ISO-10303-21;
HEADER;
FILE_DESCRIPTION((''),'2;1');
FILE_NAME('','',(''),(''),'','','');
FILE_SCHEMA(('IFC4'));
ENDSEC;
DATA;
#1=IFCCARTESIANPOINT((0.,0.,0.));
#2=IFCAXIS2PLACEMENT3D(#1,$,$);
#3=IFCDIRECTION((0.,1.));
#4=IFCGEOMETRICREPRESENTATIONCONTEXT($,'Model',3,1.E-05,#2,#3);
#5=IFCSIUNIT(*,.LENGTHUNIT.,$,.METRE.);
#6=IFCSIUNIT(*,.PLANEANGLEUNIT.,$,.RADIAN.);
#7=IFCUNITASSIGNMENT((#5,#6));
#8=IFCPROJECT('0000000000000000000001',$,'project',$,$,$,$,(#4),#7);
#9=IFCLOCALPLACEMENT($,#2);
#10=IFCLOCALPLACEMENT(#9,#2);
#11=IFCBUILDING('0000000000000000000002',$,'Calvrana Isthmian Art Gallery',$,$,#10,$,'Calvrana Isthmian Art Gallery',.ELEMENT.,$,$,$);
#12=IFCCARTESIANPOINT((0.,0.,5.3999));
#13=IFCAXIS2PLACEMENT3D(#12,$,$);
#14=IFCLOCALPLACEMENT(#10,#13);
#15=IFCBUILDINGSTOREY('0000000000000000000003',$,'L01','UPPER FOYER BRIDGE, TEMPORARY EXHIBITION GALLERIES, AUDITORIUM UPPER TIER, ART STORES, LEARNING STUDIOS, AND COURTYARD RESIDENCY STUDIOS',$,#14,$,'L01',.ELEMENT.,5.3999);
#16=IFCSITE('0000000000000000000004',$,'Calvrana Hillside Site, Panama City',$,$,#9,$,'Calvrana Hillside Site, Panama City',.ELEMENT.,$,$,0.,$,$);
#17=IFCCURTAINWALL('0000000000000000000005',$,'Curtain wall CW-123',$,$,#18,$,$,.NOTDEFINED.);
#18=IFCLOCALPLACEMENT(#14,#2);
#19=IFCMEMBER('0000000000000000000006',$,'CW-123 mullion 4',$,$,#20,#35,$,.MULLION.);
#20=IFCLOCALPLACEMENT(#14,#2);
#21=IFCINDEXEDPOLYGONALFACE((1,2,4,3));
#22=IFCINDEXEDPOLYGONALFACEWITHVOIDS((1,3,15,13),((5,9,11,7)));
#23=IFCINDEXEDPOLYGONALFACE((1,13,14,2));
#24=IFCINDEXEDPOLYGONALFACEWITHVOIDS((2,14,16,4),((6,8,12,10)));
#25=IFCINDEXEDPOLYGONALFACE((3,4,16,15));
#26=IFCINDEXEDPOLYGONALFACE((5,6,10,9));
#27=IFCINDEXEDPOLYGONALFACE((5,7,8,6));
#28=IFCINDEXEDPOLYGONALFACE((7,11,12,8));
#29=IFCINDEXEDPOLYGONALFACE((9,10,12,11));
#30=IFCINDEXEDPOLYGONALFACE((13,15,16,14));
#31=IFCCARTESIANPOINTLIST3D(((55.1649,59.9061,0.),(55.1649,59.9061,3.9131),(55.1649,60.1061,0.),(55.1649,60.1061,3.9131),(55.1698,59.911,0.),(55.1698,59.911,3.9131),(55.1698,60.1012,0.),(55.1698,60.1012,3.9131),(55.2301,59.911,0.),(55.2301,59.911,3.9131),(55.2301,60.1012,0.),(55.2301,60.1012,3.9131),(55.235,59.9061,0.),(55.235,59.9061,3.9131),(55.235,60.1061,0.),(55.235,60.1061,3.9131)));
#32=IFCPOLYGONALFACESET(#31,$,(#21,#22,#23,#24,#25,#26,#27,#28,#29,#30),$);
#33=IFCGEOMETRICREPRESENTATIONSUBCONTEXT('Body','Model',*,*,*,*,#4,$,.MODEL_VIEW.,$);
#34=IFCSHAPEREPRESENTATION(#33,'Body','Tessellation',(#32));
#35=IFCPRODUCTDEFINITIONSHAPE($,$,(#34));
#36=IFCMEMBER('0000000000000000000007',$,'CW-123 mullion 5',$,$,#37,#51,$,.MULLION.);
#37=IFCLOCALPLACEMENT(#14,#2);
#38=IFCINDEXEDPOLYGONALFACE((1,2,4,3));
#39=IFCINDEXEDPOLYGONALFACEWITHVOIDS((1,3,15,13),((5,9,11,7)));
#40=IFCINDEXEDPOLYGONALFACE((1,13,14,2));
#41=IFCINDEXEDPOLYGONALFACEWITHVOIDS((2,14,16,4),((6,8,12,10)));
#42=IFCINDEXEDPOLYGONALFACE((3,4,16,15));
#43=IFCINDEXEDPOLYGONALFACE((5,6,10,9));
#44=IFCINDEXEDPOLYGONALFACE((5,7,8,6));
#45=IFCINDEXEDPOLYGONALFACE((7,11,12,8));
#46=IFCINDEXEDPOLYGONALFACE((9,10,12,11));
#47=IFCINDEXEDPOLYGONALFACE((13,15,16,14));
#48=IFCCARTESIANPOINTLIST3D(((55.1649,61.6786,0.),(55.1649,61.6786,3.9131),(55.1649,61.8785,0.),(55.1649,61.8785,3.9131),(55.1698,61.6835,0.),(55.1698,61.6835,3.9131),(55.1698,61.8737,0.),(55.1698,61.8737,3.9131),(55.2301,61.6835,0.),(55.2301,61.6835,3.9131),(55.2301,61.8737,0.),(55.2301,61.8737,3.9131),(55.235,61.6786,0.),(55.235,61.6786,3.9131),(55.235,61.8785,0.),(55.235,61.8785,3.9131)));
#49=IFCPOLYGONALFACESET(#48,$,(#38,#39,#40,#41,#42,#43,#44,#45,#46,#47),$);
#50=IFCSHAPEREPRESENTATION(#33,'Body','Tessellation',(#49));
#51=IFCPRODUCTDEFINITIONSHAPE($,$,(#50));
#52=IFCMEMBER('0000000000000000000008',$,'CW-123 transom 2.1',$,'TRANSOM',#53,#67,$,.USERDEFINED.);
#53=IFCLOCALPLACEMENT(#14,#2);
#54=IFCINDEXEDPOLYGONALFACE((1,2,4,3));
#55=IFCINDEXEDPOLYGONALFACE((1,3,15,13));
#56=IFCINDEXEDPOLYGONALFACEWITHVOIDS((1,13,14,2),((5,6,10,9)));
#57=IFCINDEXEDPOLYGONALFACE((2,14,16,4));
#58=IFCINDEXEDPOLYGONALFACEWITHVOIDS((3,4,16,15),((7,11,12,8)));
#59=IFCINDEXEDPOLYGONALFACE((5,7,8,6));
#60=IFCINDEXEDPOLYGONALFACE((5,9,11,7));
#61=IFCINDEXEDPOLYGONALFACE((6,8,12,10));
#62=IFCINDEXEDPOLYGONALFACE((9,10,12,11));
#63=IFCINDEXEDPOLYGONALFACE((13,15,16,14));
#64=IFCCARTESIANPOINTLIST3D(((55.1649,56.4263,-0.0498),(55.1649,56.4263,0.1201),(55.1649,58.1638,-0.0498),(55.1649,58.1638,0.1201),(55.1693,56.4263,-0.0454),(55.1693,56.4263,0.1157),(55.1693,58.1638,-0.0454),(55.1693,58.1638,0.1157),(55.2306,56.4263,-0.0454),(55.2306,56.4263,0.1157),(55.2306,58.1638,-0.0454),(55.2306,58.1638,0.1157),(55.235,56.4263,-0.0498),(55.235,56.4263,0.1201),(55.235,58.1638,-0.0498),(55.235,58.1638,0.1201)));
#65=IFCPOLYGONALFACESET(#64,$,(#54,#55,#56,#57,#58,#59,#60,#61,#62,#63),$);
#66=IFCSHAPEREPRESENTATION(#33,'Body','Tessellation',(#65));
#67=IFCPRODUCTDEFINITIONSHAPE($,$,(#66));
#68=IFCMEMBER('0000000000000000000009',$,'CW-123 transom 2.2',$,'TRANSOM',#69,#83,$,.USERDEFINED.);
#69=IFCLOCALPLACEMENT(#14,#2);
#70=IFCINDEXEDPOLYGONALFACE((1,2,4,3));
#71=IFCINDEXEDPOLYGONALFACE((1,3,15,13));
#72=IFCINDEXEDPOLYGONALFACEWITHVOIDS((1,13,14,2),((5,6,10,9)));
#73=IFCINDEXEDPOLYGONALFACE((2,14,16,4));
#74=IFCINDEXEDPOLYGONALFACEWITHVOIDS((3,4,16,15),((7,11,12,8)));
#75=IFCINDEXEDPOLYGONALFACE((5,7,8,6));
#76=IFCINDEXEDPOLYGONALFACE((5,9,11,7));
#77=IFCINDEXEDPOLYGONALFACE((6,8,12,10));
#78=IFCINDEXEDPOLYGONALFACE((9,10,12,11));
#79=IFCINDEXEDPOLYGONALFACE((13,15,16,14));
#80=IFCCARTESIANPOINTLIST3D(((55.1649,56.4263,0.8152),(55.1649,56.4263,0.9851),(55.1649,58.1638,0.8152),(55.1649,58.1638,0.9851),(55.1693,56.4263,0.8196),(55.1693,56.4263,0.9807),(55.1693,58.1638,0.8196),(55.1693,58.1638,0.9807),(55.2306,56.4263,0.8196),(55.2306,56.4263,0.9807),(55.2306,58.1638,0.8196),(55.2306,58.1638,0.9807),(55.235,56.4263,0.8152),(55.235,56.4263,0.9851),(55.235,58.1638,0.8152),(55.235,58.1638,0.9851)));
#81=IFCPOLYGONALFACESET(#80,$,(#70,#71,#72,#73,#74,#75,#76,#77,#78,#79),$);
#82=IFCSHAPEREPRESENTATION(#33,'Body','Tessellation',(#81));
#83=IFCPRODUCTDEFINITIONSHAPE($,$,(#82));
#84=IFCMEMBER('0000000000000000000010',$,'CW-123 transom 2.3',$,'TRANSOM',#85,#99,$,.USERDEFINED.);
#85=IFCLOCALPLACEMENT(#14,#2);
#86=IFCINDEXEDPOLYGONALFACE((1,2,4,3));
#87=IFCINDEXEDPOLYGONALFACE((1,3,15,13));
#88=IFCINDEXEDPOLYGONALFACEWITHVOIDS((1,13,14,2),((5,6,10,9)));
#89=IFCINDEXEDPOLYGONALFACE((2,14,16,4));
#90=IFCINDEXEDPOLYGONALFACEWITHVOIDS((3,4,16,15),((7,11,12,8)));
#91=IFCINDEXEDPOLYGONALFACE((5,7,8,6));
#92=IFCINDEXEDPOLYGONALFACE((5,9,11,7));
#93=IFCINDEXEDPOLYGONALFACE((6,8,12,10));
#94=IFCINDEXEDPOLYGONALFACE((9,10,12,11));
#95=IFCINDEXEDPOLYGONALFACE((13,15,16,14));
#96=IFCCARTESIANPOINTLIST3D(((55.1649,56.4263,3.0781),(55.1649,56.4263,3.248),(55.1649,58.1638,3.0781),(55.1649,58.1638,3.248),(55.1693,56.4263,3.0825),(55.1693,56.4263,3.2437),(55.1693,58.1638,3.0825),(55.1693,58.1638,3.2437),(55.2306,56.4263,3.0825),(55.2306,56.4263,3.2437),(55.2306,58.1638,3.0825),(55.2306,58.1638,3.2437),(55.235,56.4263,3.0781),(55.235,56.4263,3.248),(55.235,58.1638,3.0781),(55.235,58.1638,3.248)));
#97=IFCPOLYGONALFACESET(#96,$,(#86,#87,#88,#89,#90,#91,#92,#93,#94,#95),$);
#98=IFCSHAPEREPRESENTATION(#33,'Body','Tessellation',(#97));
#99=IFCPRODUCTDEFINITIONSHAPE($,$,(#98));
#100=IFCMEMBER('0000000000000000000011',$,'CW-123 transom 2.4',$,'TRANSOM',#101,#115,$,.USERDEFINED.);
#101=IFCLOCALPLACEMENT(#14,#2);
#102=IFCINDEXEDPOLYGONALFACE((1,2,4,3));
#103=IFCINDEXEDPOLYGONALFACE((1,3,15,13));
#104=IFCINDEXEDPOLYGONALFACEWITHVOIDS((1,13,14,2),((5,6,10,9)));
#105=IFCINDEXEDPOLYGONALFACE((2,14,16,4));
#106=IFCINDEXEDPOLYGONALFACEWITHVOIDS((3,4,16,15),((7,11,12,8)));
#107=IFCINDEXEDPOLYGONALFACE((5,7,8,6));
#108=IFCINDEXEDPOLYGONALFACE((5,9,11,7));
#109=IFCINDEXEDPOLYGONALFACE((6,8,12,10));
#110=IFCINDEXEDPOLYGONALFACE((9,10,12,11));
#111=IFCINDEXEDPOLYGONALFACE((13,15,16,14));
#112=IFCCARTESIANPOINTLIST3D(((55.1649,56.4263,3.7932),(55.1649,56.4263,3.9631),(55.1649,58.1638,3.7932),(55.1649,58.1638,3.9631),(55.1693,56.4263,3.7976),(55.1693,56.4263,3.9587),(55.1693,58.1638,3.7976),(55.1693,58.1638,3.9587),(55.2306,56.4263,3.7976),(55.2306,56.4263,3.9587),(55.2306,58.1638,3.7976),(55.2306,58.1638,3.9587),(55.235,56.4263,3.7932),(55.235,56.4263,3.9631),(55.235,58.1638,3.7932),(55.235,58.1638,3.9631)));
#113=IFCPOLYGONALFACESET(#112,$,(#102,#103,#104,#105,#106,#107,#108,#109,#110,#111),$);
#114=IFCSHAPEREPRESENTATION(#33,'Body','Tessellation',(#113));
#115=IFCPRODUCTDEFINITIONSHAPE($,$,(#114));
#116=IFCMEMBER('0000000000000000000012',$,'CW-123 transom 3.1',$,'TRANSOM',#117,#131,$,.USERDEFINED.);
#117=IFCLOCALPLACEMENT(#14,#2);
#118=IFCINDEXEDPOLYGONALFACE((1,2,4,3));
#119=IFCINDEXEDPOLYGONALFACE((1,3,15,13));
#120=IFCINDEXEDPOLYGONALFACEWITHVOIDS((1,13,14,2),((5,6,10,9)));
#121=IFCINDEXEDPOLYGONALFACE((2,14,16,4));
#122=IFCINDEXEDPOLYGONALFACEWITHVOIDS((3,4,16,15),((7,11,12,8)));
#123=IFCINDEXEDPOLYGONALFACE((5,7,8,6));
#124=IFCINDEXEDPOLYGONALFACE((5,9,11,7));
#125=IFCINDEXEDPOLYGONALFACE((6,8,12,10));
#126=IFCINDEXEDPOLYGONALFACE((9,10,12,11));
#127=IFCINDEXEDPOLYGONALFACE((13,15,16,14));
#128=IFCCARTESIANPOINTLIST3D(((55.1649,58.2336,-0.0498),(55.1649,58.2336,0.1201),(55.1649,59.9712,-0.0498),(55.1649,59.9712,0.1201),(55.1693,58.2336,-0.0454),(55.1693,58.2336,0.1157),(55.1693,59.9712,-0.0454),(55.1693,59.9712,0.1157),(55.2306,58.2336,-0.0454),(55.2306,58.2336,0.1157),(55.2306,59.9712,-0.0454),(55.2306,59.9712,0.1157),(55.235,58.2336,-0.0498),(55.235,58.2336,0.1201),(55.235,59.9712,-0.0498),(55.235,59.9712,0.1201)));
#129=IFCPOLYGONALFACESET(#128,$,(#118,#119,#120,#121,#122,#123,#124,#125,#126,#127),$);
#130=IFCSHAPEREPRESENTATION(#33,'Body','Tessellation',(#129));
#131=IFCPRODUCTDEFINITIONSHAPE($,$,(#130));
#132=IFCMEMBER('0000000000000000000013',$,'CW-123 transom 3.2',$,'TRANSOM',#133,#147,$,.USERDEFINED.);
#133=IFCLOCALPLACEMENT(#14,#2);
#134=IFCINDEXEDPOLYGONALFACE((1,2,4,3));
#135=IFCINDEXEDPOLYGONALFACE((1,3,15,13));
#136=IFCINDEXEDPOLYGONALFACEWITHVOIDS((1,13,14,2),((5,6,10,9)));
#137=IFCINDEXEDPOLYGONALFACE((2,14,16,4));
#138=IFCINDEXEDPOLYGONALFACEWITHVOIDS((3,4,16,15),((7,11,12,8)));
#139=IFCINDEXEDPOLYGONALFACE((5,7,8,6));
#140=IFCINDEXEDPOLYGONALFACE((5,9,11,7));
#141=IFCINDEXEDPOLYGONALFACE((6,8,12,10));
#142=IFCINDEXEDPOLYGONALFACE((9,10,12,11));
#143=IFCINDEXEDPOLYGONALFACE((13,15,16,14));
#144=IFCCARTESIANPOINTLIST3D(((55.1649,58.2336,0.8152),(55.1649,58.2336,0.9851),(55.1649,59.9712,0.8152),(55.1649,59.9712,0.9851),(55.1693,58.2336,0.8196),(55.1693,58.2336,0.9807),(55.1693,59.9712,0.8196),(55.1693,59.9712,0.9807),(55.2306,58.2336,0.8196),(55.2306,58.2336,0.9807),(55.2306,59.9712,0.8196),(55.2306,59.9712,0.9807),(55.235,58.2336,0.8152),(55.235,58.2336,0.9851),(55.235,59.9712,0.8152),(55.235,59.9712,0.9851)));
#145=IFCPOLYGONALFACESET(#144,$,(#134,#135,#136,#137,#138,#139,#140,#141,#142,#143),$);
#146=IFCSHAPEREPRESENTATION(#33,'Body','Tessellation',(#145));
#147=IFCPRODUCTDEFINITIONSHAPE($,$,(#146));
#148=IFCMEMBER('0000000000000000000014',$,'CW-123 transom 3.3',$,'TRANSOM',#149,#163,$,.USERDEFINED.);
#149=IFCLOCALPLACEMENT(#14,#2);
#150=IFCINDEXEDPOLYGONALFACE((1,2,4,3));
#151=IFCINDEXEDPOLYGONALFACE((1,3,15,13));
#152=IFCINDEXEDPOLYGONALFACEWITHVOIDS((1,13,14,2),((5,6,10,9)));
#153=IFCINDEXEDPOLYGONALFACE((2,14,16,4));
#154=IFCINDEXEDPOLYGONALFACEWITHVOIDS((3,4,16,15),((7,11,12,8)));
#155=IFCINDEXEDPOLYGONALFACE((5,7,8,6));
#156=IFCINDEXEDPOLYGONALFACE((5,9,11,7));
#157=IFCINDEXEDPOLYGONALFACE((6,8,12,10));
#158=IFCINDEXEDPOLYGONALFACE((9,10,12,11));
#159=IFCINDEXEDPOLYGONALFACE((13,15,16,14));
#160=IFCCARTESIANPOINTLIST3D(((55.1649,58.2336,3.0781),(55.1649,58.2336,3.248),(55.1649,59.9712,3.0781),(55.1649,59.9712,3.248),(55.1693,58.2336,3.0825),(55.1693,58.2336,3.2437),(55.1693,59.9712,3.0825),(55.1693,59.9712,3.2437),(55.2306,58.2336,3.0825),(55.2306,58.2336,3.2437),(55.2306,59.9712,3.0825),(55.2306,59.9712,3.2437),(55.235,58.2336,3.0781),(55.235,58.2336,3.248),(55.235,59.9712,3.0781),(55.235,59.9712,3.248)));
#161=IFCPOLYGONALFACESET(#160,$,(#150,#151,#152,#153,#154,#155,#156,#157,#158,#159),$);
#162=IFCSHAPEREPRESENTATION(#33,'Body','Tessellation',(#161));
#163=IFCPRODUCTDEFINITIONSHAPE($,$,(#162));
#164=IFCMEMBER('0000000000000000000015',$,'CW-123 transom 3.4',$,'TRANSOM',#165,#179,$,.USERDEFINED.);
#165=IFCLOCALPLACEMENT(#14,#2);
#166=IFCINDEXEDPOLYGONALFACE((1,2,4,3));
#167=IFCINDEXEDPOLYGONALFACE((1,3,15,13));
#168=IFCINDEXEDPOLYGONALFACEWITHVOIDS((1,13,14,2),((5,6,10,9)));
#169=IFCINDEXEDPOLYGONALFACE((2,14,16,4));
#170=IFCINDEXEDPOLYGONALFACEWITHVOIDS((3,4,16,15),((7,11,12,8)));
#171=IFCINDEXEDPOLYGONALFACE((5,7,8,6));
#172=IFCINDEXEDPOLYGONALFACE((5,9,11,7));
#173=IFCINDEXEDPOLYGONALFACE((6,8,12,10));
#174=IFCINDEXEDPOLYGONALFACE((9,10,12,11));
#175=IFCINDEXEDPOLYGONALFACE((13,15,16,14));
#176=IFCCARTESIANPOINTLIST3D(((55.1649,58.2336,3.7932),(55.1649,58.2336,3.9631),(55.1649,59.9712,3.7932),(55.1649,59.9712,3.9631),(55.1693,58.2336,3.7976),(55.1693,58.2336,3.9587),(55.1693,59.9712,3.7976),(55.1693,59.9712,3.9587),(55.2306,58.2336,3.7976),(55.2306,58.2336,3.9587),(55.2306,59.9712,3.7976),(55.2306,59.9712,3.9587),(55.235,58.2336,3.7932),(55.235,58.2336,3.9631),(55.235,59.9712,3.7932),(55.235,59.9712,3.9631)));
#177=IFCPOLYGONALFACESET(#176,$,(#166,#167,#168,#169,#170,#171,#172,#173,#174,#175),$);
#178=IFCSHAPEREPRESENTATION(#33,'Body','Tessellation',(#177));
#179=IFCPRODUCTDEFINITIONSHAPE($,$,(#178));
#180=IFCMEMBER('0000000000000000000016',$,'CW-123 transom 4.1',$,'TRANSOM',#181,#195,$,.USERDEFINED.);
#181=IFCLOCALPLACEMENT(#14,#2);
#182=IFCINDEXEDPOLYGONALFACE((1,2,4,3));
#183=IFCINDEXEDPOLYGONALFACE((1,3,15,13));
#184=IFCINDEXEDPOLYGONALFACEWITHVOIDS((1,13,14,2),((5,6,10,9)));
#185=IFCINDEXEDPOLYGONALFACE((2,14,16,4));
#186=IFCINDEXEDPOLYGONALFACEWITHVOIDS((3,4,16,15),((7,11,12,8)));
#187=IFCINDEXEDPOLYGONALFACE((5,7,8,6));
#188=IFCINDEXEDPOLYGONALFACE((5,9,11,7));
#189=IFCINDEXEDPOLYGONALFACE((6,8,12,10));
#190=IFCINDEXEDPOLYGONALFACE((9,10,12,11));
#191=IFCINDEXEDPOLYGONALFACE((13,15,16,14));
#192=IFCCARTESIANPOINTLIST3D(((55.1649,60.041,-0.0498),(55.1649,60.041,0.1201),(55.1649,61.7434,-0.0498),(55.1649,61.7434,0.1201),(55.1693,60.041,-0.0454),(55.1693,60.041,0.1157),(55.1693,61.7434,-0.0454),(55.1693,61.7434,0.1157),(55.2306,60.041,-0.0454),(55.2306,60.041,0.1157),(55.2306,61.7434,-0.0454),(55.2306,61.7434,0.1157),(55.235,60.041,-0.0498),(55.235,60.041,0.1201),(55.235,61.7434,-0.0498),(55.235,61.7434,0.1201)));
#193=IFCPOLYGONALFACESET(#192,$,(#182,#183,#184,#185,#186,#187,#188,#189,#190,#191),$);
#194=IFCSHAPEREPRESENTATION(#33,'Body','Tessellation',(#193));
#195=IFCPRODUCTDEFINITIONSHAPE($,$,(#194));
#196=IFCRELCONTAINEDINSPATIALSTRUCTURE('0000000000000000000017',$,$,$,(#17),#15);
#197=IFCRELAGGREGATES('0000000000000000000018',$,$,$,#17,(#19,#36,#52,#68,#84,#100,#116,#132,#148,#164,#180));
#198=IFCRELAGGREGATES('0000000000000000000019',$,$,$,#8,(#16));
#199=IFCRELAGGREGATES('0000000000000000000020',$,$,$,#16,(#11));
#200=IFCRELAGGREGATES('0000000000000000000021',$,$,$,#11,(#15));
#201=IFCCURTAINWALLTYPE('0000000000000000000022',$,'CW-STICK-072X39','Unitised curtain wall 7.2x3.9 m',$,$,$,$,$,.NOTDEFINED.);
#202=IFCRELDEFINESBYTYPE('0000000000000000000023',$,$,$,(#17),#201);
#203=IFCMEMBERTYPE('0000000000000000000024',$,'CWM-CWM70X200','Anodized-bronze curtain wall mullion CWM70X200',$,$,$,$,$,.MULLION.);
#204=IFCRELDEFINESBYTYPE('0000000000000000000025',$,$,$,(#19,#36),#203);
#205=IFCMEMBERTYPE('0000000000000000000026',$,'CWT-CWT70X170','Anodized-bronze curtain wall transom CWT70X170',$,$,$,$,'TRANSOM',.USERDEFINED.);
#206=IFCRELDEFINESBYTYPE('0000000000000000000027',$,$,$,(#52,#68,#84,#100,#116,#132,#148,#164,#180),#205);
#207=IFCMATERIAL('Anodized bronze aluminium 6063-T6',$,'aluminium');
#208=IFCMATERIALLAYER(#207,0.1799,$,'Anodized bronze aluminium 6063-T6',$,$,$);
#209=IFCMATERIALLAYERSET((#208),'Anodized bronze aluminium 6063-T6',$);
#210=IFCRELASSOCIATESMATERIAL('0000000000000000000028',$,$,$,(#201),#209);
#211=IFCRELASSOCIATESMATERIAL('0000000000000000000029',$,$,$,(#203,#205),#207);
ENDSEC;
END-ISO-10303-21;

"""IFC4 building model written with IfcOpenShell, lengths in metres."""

from ifc_helpers import new_model, si_unit, direction, frame, origin, origin_2d, place, context, subcontext, project, spatial, hollow_rectangle, extrude, material, layer, layer_set, material_profile, profile_set, type_object, element, aggregate, save


model = new_model("IFC4")

# Units and contexts
model_context = context("Model", 3, precision=1e-05, world=origin(), true_north=direction((0.0, 1.0)))
body_context = subcontext(model_context, "Body", "Model", "MODEL_VIEW")
ifc_project = project(units=[si_unit("LENGTHUNIT", "METRE"), si_unit("PLANEANGLEUNIT", "RADIAN")], contexts=[model_context])

# Site, building, storey
site_placement = place(None, origin())
site = spatial("IfcSite", under=ifc_project, at=site_placement, Name="Calvrana Hillside Site, Panama City", LongName="Calvrana Hillside Site, Panama City", CompositionType="ELEMENT", RefElevation=0.0)
building_placement = place(site_placement, origin())
building = spatial("IfcBuilding", under=site, at=building_placement, Name="Calvrana Isthmian Art Gallery", LongName="Calvrana Isthmian Art Gallery", CompositionType="ELEMENT")
storey_placement = place(building_placement, frame((0.0, 0.0, 5.3999)))
storey = spatial("IfcBuildingStorey", under=building, at=storey_placement, Name="L01", Description="UPPER FOYER BRIDGE, TEMPORARY EXHIBITION GALLERIES, AUDITORIUM UPPER TIER, ART STORES, LEARNING STUDIOS, AND COURTYARD RESIDENCY STUDIOS", LongName="L01", CompositionType="ELEMENT", Elevation=5.3999)

# Curtain wall, members
ifc_material_1 = material(Name="Anodized bronze aluminium 6063-T6", Category="aluminium")
ifc_layer_1 = layer(ifc_material_1, 0.1799, Name="Anodized bronze aluminium 6063-T6")
ifc_layer_set_1 = layer_set([ifc_layer_1], Name="Anodized bronze aluminium 6063-T6")
curtain_wall_type = type_object("IfcCurtainWallType", Name="CW-STICK-072X39", Description="Unitised curtain wall 7.2x3.9 m", PredefinedType="NOTDEFINED", material=ifc_layer_set_1)
curtain_wall_placement = place(storey_placement, origin())
curtain_wall = element("IfcCurtainWall", 1, at=curtain_wall_placement, inside=storey, type_object=curtain_wall_type, Name="Curtain wall CW-123", PredefinedType="NOTDEFINED")
ifc_material_profile_1 = material_profile(ifc_material_1, hollow_rectangle(XDim=0.0701, YDim=0.2, WallThickness=0.0049, at=origin_2d()), Name="CWM70X200")
ifc_profile_set_1 = profile_set([ifc_material_profile_1], Name="Anodized bronze aluminium 6063-T6")
member_type_1 = type_object("IfcMemberType", Name="CWM-CWM70X200", Description="Anodized-bronze curtain wall mullion CWM70X200", PredefinedType="MULLION", material=ifc_profile_set_1)
member_1_placement = place(storey_placement, frame((55.2, 60.0061, 0.0), z_axis=(0.0, 0.0, 1.0), x_axis=(-1.0, 0.0, 0.0)))
member_1 = element("IfcMember", 2, at=member_1_placement, type_object=member_type_1, Name="CW-123 mullion 4", PredefinedType="MULLION", context=body_context, shape_type="SweptSolid", body=[
    extrude(hollow_rectangle(XDim=0.0701, YDim=0.2, WallThickness=0.0049, at=origin_2d()), origin(), (0.0, 0.0, 1.0), 3.9131),
])
member_2_placement = place(storey_placement, frame((55.2, 61.7786, 0.0), z_axis=(0.0, 0.0, 1.0), x_axis=(-1.0, 0.0, 0.0)))
member_2 = element("IfcMember", 3, at=member_2_placement, type_object=member_type_1, Name="CW-123 mullion 5", PredefinedType="MULLION", context=body_context, shape_type="SweptSolid", body=[
    extrude(hollow_rectangle(XDim=0.0701, YDim=0.2, WallThickness=0.0049, at=origin_2d()), origin(), (0.0, 0.0, 1.0), 3.9131),
])
ifc_material_profile_2 = material_profile(ifc_material_1, hollow_rectangle(XDim=0.0701, YDim=0.1699, WallThickness=0.0044, at=origin_2d()), Name="CWT70X170")
ifc_profile_set_2 = profile_set([ifc_material_profile_2], Name="Anodized bronze aluminium 6063-T6")
member_type_2 = type_object("IfcMemberType", Name="CWT-CWT70X170", Description="Anodized-bronze curtain wall transom CWT70X170", ElementType="TRANSOM", PredefinedType="USERDEFINED", material=ifc_profile_set_2)
member_3_placement = place(storey_placement, frame((55.2, 56.4263, 0.0352), z_axis=(0.0, 1.0, 0.0), x_axis=(-1.0, 0.0, 0.0)))
member_3 = element("IfcMember", 4, at=member_3_placement, type_object=member_type_2, Name="CW-123 transom 2.1", ObjectType="TRANSOM", PredefinedType="USERDEFINED", context=body_context, shape_type="SweptSolid", body=[
    extrude(hollow_rectangle(XDim=0.0701, YDim=0.1699, WallThickness=0.0044, at=origin_2d()), origin(), (0.0, 0.0, 1.0), 1.7375),
])
member_4_placement = place(storey_placement, frame((55.2, 56.4263, 0.9001), z_axis=(0.0, 1.0, 0.0), x_axis=(-1.0, 0.0, 0.0)))
member_4 = element("IfcMember", 5, at=member_4_placement, type_object=member_type_2, Name="CW-123 transom 2.2", ObjectType="TRANSOM", PredefinedType="USERDEFINED", context=body_context, shape_type="SweptSolid", body=[
    extrude(hollow_rectangle(XDim=0.0701, YDim=0.1699, WallThickness=0.0044, at=origin_2d()), origin(), (0.0, 0.0, 1.0), 1.7375),
])
member_5_placement = place(storey_placement, frame((55.2, 56.4263, 3.1631), z_axis=(0.0, 1.0, 0.0), x_axis=(-1.0, 0.0, 0.0)))
member_5 = element("IfcMember", 6, at=member_5_placement, type_object=member_type_2, Name="CW-123 transom 2.3", ObjectType="TRANSOM", PredefinedType="USERDEFINED", context=body_context, shape_type="SweptSolid", body=[
    extrude(hollow_rectangle(XDim=0.0701, YDim=0.1699, WallThickness=0.0044, at=origin_2d()), origin(), (0.0, 0.0, 1.0), 1.7375),
])
member_6_placement = place(storey_placement, frame((55.2, 56.4263, 3.8782), z_axis=(0.0, 1.0, 0.0), x_axis=(-1.0, 0.0, 0.0)))
member_6 = element("IfcMember", 7, at=member_6_placement, type_object=member_type_2, Name="CW-123 transom 2.4", ObjectType="TRANSOM", PredefinedType="USERDEFINED", context=body_context, shape_type="SweptSolid", body=[
    extrude(hollow_rectangle(XDim=0.0701, YDim=0.1699, WallThickness=0.0044, at=origin_2d()), origin(), (0.0, 0.0, 1.0), 1.7375),
])
member_7_placement = place(storey_placement, frame((55.2, 58.2336, 0.0352), z_axis=(0.0, 1.0, 0.0), x_axis=(-1.0, 0.0, 0.0)))
member_7 = element("IfcMember", 8, at=member_7_placement, type_object=member_type_2, Name="CW-123 transom 3.1", ObjectType="TRANSOM", PredefinedType="USERDEFINED", context=body_context, shape_type="SweptSolid", body=[
    extrude(hollow_rectangle(XDim=0.0701, YDim=0.1699, WallThickness=0.0044, at=origin_2d()), origin(), (0.0, 0.0, 1.0), 1.7375),
])
member_8_placement = place(storey_placement, frame((55.2, 58.2336, 0.9001), z_axis=(0.0, 1.0, 0.0), x_axis=(-1.0, 0.0, 0.0)))
member_8 = element("IfcMember", 9, at=member_8_placement, type_object=member_type_2, Name="CW-123 transom 3.2", ObjectType="TRANSOM", PredefinedType="USERDEFINED", context=body_context, shape_type="SweptSolid", body=[
    extrude(hollow_rectangle(XDim=0.0701, YDim=0.1699, WallThickness=0.0044, at=origin_2d()), origin(), (0.0, 0.0, 1.0), 1.7375),
])
member_9_placement = place(storey_placement, frame((55.2, 58.2336, 3.1631), z_axis=(0.0, 1.0, 0.0), x_axis=(-1.0, 0.0, 0.0)))
member_9 = element("IfcMember", 10, at=member_9_placement, type_object=member_type_2, Name="CW-123 transom 3.3", ObjectType="TRANSOM", PredefinedType="USERDEFINED", context=body_context, shape_type="SweptSolid", body=[
    extrude(hollow_rectangle(XDim=0.0701, YDim=0.1699, WallThickness=0.0044, at=origin_2d()), origin(), (0.0, 0.0, 1.0), 1.7375),
])
member_10_placement = place(storey_placement, frame((55.2, 58.2336, 3.8782), z_axis=(0.0, 1.0, 0.0), x_axis=(-1.0, 0.0, 0.0)))
member_10 = element("IfcMember", 11, at=member_10_placement, type_object=member_type_2, Name="CW-123 transom 3.4", ObjectType="TRANSOM", PredefinedType="USERDEFINED", context=body_context, shape_type="SweptSolid", body=[
    extrude(hollow_rectangle(XDim=0.0701, YDim=0.1699, WallThickness=0.0044, at=origin_2d()), origin(), (0.0, 0.0, 1.0), 1.7375),
])
member_11_placement = place(storey_placement, frame((55.2, 60.041, 0.0352), z_axis=(0.0, 1.0, 0.0), x_axis=(-1.0, 0.0, 0.0)))
member_11 = element("IfcMember", 12, at=member_11_placement, type_object=member_type_2, Name="CW-123 transom 4.1", ObjectType="TRANSOM", PredefinedType="USERDEFINED", context=body_context, shape_type="SweptSolid", body=[
    extrude(hollow_rectangle(XDim=0.0701, YDim=0.1699, WallThickness=0.0044, at=origin_2d()), origin(), (0.0, 0.0, 1.0), 1.7024),
])
aggregate(curtain_wall, [member_1, member_2, member_3, member_4, member_5, member_6, member_7, member_8, member_9, member_10, member_11])

save(model, "model.ifc")
